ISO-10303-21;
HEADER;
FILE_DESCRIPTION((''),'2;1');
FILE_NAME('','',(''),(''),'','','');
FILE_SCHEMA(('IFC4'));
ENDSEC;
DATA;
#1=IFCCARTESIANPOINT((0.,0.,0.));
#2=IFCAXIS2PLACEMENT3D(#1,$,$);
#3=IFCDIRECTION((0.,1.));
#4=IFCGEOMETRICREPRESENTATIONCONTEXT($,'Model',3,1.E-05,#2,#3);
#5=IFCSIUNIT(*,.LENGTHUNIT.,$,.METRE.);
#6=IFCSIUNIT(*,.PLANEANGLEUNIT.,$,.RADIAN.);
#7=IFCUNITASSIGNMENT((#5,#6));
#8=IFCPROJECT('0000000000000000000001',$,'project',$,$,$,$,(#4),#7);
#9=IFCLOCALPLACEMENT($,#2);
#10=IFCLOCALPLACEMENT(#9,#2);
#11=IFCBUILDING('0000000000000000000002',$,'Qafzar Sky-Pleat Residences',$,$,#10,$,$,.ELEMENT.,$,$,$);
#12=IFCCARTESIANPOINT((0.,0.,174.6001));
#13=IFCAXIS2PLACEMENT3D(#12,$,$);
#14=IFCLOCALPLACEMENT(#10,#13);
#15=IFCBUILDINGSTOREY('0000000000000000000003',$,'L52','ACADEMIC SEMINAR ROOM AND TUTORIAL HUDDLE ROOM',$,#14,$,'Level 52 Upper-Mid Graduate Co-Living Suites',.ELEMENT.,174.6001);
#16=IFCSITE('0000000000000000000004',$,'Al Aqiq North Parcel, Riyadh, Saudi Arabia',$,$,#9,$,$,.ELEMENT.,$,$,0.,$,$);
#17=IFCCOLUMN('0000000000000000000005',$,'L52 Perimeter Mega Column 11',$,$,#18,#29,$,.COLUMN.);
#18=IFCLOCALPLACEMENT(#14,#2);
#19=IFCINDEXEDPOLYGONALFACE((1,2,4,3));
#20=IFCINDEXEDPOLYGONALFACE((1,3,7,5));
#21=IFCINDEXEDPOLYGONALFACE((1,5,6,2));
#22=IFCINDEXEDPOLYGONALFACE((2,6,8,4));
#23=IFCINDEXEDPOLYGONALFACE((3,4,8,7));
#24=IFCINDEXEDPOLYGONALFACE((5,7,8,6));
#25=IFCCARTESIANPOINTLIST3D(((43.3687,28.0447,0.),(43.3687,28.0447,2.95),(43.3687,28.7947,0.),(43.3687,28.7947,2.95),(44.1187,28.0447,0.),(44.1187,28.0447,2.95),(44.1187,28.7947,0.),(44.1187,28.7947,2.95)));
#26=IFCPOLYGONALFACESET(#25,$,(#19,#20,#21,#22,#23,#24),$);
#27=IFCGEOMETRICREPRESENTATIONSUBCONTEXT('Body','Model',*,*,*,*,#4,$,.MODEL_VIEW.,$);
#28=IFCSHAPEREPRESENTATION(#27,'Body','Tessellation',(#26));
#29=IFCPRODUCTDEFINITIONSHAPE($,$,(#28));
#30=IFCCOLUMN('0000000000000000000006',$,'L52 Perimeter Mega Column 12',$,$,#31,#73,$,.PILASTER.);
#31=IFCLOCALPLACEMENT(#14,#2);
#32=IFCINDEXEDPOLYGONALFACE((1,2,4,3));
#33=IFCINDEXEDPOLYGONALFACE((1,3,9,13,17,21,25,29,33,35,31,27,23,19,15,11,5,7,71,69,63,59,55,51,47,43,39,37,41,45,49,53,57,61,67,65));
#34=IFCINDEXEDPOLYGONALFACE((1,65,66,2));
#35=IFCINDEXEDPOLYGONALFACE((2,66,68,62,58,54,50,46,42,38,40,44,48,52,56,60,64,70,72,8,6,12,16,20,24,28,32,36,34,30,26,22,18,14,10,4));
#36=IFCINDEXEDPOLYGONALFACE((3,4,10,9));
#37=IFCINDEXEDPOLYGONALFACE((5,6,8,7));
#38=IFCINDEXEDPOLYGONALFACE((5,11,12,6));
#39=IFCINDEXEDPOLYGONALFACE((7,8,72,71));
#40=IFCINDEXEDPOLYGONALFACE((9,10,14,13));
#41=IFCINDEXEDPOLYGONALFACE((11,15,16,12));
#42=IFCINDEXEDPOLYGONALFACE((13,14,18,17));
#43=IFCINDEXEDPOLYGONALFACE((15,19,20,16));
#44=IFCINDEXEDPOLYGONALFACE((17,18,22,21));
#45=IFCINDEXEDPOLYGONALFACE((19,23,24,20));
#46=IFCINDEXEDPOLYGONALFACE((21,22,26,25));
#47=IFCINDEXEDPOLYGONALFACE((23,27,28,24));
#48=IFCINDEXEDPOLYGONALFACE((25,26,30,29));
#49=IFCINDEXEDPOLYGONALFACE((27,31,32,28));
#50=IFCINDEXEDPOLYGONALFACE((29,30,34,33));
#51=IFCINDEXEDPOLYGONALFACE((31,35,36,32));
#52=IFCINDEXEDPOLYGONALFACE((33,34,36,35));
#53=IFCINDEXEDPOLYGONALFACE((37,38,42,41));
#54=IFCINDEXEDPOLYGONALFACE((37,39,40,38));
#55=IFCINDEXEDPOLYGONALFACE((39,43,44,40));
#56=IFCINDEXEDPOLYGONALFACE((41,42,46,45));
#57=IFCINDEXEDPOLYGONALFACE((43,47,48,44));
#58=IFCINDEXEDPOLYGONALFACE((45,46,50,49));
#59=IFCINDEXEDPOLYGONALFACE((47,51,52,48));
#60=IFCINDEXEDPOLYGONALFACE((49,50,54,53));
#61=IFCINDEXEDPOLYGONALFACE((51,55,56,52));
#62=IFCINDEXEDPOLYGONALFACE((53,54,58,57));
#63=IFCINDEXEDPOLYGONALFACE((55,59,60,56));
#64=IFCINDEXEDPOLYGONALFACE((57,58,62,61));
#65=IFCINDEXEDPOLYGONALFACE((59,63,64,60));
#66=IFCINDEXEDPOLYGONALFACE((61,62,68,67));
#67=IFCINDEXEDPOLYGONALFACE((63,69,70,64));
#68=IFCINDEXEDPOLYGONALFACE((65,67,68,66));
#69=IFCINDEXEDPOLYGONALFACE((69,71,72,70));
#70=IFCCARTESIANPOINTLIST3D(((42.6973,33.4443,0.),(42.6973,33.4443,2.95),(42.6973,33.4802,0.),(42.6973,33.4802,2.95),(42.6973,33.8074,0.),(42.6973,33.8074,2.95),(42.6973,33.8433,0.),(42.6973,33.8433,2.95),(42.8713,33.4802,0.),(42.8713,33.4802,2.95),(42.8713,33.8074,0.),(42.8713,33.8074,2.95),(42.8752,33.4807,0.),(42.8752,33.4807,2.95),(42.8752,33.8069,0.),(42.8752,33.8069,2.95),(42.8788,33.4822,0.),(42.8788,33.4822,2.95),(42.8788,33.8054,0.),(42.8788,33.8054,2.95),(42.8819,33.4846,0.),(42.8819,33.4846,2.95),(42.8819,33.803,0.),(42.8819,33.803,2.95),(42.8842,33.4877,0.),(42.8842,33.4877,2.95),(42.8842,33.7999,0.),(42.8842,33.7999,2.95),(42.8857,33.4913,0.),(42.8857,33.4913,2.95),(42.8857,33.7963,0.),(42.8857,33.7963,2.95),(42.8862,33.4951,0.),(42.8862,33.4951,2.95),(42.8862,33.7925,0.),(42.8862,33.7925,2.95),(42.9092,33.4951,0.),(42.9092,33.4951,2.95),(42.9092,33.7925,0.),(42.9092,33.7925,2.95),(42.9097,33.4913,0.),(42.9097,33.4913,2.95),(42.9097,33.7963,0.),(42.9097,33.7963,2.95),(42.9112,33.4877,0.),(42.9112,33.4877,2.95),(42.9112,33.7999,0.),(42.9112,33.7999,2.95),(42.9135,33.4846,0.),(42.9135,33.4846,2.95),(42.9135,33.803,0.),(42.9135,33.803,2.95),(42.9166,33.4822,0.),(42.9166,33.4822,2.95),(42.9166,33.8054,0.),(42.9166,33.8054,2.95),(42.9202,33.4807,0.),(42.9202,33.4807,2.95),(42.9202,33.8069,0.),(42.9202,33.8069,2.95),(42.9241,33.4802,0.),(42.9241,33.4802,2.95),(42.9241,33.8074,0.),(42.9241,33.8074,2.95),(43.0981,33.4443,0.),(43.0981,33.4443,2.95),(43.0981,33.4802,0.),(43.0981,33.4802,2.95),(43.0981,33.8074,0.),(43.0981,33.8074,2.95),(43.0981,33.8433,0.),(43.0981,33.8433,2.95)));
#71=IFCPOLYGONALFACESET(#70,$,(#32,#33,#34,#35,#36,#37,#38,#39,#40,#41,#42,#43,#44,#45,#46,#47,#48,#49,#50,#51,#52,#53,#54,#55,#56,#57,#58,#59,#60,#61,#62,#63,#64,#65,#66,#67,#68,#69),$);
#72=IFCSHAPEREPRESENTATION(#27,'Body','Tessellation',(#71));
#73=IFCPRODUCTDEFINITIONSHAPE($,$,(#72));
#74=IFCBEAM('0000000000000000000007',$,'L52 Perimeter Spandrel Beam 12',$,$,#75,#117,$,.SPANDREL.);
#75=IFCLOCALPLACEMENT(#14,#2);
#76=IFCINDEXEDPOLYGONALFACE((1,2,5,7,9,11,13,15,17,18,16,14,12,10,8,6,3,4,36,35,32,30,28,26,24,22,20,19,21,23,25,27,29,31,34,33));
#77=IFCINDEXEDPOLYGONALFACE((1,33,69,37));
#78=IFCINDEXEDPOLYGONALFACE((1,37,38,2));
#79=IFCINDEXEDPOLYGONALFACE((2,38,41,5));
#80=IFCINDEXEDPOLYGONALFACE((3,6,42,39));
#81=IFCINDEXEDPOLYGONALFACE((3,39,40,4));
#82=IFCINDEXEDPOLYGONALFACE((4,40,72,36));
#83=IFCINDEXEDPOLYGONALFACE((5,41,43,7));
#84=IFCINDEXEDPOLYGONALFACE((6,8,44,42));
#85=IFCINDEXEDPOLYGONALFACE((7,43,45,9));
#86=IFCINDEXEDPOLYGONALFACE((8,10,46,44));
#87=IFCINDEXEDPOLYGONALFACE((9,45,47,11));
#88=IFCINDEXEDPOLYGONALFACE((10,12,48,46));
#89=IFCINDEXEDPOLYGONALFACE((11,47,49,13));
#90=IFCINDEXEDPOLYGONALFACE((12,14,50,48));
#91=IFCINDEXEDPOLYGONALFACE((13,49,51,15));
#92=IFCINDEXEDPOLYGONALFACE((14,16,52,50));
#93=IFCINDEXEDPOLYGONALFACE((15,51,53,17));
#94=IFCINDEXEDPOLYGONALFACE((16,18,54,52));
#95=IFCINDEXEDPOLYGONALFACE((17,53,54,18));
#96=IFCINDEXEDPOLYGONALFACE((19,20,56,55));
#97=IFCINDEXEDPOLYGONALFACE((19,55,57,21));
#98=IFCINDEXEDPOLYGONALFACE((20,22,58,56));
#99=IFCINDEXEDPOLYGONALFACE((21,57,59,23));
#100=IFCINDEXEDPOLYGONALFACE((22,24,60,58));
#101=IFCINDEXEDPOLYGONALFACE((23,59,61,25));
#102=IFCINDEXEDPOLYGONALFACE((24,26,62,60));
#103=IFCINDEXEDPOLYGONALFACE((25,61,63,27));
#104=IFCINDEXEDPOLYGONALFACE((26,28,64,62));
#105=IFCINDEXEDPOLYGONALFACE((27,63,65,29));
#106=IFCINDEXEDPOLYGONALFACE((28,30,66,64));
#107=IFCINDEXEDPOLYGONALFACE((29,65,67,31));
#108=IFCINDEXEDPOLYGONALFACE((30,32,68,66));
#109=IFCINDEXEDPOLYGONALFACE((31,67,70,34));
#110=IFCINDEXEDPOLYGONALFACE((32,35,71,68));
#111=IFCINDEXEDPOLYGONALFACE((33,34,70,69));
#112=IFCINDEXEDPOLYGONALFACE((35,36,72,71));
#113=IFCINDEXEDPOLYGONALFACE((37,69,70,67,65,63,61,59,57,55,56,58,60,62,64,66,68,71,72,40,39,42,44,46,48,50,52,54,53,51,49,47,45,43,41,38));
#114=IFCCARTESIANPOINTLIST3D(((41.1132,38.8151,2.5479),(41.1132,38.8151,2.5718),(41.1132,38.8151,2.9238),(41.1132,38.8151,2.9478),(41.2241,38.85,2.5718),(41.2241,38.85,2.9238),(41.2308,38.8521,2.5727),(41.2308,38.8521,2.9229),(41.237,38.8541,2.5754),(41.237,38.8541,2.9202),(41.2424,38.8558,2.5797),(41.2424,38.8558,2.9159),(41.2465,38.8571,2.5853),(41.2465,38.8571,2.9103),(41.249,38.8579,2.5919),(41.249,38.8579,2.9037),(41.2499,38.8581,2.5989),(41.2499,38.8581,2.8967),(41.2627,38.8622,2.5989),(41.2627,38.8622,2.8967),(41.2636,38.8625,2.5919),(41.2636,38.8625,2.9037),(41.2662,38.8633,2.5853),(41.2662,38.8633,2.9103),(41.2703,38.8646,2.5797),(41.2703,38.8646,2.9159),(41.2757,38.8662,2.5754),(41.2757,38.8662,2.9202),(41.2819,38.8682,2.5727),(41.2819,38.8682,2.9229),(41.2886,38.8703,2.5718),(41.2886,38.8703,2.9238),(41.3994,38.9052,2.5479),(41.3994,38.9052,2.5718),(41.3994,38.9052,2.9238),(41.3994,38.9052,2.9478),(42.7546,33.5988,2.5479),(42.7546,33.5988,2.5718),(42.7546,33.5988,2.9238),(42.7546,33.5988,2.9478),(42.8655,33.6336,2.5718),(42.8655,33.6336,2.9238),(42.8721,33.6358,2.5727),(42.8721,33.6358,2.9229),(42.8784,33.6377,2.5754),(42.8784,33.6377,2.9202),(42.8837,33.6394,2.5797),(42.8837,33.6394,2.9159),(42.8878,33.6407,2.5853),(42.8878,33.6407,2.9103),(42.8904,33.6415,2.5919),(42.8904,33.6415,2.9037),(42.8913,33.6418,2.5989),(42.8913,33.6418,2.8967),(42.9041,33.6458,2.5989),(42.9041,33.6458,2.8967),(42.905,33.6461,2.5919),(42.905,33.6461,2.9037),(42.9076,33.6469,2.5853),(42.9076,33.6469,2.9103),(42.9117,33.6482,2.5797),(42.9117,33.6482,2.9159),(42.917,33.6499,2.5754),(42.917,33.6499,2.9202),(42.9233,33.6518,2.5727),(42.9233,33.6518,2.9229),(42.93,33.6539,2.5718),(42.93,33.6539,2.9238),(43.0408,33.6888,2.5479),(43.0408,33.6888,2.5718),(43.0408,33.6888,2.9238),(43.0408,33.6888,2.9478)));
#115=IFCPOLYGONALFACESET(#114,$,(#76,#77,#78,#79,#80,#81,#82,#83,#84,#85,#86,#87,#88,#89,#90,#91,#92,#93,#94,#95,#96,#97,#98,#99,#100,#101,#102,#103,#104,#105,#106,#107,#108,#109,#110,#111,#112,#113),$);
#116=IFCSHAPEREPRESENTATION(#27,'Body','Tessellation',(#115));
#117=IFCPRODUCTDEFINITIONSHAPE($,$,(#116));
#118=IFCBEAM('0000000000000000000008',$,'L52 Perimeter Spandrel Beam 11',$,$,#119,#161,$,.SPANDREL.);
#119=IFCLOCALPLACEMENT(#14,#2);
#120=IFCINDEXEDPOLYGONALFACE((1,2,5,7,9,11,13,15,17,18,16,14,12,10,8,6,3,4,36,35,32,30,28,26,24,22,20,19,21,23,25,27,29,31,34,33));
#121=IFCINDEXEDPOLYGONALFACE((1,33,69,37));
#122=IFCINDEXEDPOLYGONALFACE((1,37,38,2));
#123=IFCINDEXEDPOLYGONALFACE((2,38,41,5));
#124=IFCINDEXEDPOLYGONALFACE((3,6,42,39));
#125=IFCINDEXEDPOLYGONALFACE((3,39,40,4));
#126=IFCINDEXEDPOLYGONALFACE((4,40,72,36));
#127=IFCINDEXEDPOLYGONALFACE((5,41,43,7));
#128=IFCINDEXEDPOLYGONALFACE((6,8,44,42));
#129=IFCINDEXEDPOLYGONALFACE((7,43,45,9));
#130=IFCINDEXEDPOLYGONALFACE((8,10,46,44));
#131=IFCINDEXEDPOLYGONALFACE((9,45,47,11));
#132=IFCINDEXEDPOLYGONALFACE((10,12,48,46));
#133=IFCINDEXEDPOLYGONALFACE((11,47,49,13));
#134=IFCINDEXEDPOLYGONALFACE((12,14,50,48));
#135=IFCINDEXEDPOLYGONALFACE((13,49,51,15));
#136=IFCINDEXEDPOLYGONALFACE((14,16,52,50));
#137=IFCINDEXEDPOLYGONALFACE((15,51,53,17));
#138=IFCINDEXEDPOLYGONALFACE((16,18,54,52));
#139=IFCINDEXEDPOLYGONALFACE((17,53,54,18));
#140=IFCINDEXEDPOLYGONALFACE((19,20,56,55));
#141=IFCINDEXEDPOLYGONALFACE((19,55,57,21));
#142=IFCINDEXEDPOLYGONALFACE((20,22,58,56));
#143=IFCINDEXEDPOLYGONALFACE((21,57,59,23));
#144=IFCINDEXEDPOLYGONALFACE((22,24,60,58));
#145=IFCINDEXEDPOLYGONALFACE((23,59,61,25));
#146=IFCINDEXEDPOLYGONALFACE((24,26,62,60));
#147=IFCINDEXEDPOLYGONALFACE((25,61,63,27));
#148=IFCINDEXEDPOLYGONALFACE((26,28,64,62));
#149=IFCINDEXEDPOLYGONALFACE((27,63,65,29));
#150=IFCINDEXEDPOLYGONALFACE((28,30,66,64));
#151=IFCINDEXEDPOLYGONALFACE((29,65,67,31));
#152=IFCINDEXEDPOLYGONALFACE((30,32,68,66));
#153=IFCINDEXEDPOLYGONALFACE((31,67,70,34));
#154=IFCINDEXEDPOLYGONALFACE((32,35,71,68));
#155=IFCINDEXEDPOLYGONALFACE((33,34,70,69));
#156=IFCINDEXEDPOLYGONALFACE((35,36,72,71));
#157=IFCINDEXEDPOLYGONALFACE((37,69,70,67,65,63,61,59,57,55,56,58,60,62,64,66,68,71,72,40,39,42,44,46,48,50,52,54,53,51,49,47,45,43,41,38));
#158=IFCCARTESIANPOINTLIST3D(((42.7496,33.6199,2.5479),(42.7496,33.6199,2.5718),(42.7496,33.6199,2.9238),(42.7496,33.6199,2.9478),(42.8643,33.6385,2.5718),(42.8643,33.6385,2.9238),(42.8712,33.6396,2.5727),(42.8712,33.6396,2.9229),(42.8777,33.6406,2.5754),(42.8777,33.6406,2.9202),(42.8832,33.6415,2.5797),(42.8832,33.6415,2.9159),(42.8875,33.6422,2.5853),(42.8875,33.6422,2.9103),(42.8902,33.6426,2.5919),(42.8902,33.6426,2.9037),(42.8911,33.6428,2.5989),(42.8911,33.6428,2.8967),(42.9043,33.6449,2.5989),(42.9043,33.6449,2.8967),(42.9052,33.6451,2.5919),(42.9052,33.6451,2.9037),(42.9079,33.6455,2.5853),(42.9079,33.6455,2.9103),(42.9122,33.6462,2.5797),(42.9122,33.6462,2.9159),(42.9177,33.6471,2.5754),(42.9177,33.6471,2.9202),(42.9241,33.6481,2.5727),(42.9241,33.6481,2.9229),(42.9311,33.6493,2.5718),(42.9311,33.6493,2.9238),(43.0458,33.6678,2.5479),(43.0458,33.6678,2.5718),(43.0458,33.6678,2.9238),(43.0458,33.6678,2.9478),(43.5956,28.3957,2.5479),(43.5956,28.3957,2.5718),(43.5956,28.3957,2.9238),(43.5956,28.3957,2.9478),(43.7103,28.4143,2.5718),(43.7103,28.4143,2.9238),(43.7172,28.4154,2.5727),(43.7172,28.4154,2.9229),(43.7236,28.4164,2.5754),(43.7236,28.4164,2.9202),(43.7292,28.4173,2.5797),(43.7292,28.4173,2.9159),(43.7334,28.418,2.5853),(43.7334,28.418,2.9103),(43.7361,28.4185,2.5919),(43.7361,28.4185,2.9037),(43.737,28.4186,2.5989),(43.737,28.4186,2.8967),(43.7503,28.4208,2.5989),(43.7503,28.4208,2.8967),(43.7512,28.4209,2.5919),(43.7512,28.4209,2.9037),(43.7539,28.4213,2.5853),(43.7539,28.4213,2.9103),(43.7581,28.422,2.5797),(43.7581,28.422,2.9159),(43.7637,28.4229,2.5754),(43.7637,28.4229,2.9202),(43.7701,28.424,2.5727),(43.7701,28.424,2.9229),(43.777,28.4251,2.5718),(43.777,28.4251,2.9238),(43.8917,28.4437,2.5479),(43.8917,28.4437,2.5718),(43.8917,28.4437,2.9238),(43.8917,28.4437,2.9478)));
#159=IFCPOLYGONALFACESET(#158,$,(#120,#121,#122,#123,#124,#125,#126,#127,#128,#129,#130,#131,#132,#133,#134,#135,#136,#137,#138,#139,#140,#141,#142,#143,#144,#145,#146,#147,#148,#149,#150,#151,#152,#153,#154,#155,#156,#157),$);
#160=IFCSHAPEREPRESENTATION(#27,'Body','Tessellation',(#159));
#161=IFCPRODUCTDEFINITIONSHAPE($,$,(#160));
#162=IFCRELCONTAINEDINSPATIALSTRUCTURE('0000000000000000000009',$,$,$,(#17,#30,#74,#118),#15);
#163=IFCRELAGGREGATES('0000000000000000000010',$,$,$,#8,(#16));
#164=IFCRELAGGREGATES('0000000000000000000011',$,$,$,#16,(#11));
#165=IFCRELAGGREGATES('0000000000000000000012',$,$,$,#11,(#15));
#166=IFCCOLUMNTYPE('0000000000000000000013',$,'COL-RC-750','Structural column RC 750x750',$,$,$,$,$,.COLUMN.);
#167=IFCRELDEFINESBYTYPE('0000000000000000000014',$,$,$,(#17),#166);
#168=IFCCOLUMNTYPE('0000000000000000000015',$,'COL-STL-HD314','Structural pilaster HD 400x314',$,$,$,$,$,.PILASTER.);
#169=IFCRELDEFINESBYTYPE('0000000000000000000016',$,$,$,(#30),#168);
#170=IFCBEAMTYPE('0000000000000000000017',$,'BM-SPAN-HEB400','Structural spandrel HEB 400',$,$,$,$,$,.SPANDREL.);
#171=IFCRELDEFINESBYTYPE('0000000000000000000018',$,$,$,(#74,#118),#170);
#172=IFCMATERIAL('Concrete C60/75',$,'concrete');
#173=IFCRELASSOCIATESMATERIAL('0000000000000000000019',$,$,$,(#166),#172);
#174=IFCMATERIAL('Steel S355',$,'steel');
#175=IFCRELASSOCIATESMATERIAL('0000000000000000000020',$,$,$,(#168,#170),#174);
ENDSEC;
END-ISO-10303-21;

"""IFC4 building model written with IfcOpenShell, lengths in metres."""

from ifc_helpers import new_model, si_unit, direction, frame, origin, origin_2d, place, context, subcontext, project, spatial, rectangle, i_section, extrude, source, transform, mapped, material, material_profile, profile_set, type_object, element, save


model = new_model("IFC4")

# Units and contexts
model_context = context("Model", 3, precision=1e-05, world=origin(), true_north=direction((0.0, 1.0)))
body_context = subcontext(model_context, "Body", "Model", "MODEL_VIEW")
ifc_project = project(units=[si_unit("LENGTHUNIT", "METRE"), si_unit("PLANEANGLEUNIT", "RADIAN")], contexts=[model_context])

# Site, building, storey
site_placement = place(None, origin())
site = spatial("IfcSite", under=ifc_project, at=site_placement, Name="Al Aqiq North Parcel, Riyadh, Saudi Arabia", CompositionType="ELEMENT", RefElevation=0.0)
building_placement = place(site_placement, origin())
building = spatial("IfcBuilding", under=site, at=building_placement, Name="Qafzar Sky-Pleat Residences", CompositionType="ELEMENT")
storey_placement = place(building_placement, frame((0.0, 0.0, 174.6001)))
storey = spatial("IfcBuildingStorey", under=building, at=storey_placement, Name="L52", Description="ACADEMIC SEMINAR ROOM AND TUTORIAL HUDDLE ROOM", LongName="Level 52 Upper-Mid Graduate Co-Living Suites", CompositionType="ELEMENT", Elevation=174.6001)

# Columns
ifc_material_1 = material(Name="Concrete C60/75", Category="concrete")
ifc_material_profile_1 = material_profile(ifc_material_1, rectangle(XDim=0.75, YDim=0.75, at=origin_2d()), Name="RC 750x750")
ifc_profile_set_1 = profile_set([ifc_material_profile_1], Name="Concrete C60/75")
column_type_1 = type_object("IfcColumnType", Name="COL-RC-750", Description="Structural column RC 750x750", PredefinedType="COLUMN", material=ifc_profile_set_1)
shared_shape_1 = source(origin(), body_context, "Body", "SweptSolid", [
    extrude(rectangle(XDim=0.75, YDim=0.75, at=origin_2d()), origin(), (0.0, 0.0, 1.0), 2.95),
])
column_1_placement = place(storey_placement, frame((43.7437, 28.4197, 0.0), z_axis=(0.0, 0.0, 1.0), x_axis=(1.0, 0.0, 0.0)))
element("IfcColumn", 1, at=column_1_placement, inside=storey, type_object=column_type_1, Name="L52 Perimeter Mega Column 11", PredefinedType="COLUMN", context=body_context, shape_type="MappedRepresentation", body=[
    mapped(shared_shape_1, transform((0.0, 0.0, 0.0), x_axis=(1.0, 0.0, 0.0), y_axis=(0.0, 1.0, 0.0), z_axis=(0.0, 0.0, 1.0), scale=1.0)),
])
ifc_material_2 = material(Name="Steel S355", Category="steel")
ifc_material_profile_2 = material_profile(ifc_material_2, i_section(OverallWidth=0.4009, OverallDepth=0.3989, WebThickness=0.0229, FlangeThickness=0.0359, FilletRadius=0.0149, at=origin_2d()), Name="HD 400x314")
ifc_profile_set_2 = profile_set([ifc_material_profile_2], Name="Steel S355")
column_type_2 = type_object("IfcColumnType", Name="COL-STL-HD314", Description="Structural pilaster HD 400x314", PredefinedType="PILASTER", material=ifc_profile_set_2)
shared_shape_2 = source(origin(), body_context, "Body", "SweptSolid", [
    extrude(i_section(OverallWidth=0.4009, OverallDepth=0.3989, WebThickness=0.0229, FlangeThickness=0.0359, FilletRadius=0.0149, at=origin_2d()), origin(), (0.0, 0.0, 1.0), 2.95),
])
column_2_placement = place(storey_placement, frame((42.8977, 33.6438, 0.0), z_axis=(0.0, 0.0, 1.0), x_axis=(1.0, 0.0, 0.0)))
element("IfcColumn", 2, at=column_2_placement, inside=storey, type_object=column_type_2, Name="L52 Perimeter Mega Column 12", PredefinedType="PILASTER", context=body_context, shape_type="MappedRepresentation", body=[
    mapped(shared_shape_2, transform((0.0, 0.0, 0.0), x_axis=(1.0, 0.0, 0.0), y_axis=(0.0, 1.0, 0.0), z_axis=(0.0, 0.0, 1.0), scale=1.0)),
])

# Beams
ifc_material_profile_3 = material_profile(ifc_material_2, i_section(OverallWidth=0.3, OverallDepth=0.3999, WebThickness=0.0134, FlangeThickness=0.0239, FilletRadius=0.0271, at=origin_2d()), Name="HEB 400")
ifc_profile_set_3 = profile_set([ifc_material_profile_3], Name="Steel S355")
beam_type_1 = type_object("IfcBeamType", Name="BM-SPAN-HEB400", Description="Structural spandrel HEB 400", PredefinedType="SPANDREL", material=ifc_profile_set_3)
shared_shape_3 = source(origin(), body_context, "Body", "SweptSolid", [
    extrude(i_section(OverallWidth=0.3, OverallDepth=0.3999, WebThickness=0.0134, FlangeThickness=0.0239, FilletRadius=0.0271, at=origin_2d()), origin(), (0.0, 0.0, 1.0), 5.4685),
])
beam_1_placement = place(storey_placement, frame((42.8977, 33.6438, 2.7478), z_axis=(-0.30015, 0.953892, 0.0), x_axis=(-0.953892, -0.30015, 0.0)))
element("IfcBeam", 3, at=beam_1_placement, inside=storey, type_object=beam_type_1, Name="L52 Perimeter Spandrel Beam 12", PredefinedType="SPANDREL", context=body_context, shape_type="MappedRepresentation", body=[
    mapped(shared_shape_3, transform((0.0, 0.0, 0.0), x_axis=(1.0, 0.0, 0.0), y_axis=(0.0, 1.0, 0.0), z_axis=(0.0, 0.0, 1.0), scale=1.0)),
])
shared_shape_4 = source(origin(), body_context, "Body", "SweptSolid", [
    extrude(i_section(OverallWidth=0.3, OverallDepth=0.3999, WebThickness=0.0134, FlangeThickness=0.0239, FilletRadius=0.0271, at=origin_2d()), origin(), (0.0, 0.0, 1.0), 5.2922),
])
beam_2_placement = place(storey_placement, frame((43.7437, 28.4197, 2.7478), z_axis=(-0.159849, 0.987142, 0.0), x_axis=(-0.987142, -0.159849, 0.0)))
element("IfcBeam", 4, at=beam_2_placement, inside=storey, type_object=beam_type_1, Name="L52 Perimeter Spandrel Beam 11", PredefinedType="SPANDREL", context=body_context, shape_type="MappedRepresentation", body=[
    mapped(shared_shape_4, transform((0.0, 0.0, 0.0), x_axis=(1.0, 0.0, 0.0), y_axis=(0.0, 1.0, 0.0), z_axis=(0.0, 0.0, 1.0), scale=1.0)),
])

save(model, "model.ifc")
